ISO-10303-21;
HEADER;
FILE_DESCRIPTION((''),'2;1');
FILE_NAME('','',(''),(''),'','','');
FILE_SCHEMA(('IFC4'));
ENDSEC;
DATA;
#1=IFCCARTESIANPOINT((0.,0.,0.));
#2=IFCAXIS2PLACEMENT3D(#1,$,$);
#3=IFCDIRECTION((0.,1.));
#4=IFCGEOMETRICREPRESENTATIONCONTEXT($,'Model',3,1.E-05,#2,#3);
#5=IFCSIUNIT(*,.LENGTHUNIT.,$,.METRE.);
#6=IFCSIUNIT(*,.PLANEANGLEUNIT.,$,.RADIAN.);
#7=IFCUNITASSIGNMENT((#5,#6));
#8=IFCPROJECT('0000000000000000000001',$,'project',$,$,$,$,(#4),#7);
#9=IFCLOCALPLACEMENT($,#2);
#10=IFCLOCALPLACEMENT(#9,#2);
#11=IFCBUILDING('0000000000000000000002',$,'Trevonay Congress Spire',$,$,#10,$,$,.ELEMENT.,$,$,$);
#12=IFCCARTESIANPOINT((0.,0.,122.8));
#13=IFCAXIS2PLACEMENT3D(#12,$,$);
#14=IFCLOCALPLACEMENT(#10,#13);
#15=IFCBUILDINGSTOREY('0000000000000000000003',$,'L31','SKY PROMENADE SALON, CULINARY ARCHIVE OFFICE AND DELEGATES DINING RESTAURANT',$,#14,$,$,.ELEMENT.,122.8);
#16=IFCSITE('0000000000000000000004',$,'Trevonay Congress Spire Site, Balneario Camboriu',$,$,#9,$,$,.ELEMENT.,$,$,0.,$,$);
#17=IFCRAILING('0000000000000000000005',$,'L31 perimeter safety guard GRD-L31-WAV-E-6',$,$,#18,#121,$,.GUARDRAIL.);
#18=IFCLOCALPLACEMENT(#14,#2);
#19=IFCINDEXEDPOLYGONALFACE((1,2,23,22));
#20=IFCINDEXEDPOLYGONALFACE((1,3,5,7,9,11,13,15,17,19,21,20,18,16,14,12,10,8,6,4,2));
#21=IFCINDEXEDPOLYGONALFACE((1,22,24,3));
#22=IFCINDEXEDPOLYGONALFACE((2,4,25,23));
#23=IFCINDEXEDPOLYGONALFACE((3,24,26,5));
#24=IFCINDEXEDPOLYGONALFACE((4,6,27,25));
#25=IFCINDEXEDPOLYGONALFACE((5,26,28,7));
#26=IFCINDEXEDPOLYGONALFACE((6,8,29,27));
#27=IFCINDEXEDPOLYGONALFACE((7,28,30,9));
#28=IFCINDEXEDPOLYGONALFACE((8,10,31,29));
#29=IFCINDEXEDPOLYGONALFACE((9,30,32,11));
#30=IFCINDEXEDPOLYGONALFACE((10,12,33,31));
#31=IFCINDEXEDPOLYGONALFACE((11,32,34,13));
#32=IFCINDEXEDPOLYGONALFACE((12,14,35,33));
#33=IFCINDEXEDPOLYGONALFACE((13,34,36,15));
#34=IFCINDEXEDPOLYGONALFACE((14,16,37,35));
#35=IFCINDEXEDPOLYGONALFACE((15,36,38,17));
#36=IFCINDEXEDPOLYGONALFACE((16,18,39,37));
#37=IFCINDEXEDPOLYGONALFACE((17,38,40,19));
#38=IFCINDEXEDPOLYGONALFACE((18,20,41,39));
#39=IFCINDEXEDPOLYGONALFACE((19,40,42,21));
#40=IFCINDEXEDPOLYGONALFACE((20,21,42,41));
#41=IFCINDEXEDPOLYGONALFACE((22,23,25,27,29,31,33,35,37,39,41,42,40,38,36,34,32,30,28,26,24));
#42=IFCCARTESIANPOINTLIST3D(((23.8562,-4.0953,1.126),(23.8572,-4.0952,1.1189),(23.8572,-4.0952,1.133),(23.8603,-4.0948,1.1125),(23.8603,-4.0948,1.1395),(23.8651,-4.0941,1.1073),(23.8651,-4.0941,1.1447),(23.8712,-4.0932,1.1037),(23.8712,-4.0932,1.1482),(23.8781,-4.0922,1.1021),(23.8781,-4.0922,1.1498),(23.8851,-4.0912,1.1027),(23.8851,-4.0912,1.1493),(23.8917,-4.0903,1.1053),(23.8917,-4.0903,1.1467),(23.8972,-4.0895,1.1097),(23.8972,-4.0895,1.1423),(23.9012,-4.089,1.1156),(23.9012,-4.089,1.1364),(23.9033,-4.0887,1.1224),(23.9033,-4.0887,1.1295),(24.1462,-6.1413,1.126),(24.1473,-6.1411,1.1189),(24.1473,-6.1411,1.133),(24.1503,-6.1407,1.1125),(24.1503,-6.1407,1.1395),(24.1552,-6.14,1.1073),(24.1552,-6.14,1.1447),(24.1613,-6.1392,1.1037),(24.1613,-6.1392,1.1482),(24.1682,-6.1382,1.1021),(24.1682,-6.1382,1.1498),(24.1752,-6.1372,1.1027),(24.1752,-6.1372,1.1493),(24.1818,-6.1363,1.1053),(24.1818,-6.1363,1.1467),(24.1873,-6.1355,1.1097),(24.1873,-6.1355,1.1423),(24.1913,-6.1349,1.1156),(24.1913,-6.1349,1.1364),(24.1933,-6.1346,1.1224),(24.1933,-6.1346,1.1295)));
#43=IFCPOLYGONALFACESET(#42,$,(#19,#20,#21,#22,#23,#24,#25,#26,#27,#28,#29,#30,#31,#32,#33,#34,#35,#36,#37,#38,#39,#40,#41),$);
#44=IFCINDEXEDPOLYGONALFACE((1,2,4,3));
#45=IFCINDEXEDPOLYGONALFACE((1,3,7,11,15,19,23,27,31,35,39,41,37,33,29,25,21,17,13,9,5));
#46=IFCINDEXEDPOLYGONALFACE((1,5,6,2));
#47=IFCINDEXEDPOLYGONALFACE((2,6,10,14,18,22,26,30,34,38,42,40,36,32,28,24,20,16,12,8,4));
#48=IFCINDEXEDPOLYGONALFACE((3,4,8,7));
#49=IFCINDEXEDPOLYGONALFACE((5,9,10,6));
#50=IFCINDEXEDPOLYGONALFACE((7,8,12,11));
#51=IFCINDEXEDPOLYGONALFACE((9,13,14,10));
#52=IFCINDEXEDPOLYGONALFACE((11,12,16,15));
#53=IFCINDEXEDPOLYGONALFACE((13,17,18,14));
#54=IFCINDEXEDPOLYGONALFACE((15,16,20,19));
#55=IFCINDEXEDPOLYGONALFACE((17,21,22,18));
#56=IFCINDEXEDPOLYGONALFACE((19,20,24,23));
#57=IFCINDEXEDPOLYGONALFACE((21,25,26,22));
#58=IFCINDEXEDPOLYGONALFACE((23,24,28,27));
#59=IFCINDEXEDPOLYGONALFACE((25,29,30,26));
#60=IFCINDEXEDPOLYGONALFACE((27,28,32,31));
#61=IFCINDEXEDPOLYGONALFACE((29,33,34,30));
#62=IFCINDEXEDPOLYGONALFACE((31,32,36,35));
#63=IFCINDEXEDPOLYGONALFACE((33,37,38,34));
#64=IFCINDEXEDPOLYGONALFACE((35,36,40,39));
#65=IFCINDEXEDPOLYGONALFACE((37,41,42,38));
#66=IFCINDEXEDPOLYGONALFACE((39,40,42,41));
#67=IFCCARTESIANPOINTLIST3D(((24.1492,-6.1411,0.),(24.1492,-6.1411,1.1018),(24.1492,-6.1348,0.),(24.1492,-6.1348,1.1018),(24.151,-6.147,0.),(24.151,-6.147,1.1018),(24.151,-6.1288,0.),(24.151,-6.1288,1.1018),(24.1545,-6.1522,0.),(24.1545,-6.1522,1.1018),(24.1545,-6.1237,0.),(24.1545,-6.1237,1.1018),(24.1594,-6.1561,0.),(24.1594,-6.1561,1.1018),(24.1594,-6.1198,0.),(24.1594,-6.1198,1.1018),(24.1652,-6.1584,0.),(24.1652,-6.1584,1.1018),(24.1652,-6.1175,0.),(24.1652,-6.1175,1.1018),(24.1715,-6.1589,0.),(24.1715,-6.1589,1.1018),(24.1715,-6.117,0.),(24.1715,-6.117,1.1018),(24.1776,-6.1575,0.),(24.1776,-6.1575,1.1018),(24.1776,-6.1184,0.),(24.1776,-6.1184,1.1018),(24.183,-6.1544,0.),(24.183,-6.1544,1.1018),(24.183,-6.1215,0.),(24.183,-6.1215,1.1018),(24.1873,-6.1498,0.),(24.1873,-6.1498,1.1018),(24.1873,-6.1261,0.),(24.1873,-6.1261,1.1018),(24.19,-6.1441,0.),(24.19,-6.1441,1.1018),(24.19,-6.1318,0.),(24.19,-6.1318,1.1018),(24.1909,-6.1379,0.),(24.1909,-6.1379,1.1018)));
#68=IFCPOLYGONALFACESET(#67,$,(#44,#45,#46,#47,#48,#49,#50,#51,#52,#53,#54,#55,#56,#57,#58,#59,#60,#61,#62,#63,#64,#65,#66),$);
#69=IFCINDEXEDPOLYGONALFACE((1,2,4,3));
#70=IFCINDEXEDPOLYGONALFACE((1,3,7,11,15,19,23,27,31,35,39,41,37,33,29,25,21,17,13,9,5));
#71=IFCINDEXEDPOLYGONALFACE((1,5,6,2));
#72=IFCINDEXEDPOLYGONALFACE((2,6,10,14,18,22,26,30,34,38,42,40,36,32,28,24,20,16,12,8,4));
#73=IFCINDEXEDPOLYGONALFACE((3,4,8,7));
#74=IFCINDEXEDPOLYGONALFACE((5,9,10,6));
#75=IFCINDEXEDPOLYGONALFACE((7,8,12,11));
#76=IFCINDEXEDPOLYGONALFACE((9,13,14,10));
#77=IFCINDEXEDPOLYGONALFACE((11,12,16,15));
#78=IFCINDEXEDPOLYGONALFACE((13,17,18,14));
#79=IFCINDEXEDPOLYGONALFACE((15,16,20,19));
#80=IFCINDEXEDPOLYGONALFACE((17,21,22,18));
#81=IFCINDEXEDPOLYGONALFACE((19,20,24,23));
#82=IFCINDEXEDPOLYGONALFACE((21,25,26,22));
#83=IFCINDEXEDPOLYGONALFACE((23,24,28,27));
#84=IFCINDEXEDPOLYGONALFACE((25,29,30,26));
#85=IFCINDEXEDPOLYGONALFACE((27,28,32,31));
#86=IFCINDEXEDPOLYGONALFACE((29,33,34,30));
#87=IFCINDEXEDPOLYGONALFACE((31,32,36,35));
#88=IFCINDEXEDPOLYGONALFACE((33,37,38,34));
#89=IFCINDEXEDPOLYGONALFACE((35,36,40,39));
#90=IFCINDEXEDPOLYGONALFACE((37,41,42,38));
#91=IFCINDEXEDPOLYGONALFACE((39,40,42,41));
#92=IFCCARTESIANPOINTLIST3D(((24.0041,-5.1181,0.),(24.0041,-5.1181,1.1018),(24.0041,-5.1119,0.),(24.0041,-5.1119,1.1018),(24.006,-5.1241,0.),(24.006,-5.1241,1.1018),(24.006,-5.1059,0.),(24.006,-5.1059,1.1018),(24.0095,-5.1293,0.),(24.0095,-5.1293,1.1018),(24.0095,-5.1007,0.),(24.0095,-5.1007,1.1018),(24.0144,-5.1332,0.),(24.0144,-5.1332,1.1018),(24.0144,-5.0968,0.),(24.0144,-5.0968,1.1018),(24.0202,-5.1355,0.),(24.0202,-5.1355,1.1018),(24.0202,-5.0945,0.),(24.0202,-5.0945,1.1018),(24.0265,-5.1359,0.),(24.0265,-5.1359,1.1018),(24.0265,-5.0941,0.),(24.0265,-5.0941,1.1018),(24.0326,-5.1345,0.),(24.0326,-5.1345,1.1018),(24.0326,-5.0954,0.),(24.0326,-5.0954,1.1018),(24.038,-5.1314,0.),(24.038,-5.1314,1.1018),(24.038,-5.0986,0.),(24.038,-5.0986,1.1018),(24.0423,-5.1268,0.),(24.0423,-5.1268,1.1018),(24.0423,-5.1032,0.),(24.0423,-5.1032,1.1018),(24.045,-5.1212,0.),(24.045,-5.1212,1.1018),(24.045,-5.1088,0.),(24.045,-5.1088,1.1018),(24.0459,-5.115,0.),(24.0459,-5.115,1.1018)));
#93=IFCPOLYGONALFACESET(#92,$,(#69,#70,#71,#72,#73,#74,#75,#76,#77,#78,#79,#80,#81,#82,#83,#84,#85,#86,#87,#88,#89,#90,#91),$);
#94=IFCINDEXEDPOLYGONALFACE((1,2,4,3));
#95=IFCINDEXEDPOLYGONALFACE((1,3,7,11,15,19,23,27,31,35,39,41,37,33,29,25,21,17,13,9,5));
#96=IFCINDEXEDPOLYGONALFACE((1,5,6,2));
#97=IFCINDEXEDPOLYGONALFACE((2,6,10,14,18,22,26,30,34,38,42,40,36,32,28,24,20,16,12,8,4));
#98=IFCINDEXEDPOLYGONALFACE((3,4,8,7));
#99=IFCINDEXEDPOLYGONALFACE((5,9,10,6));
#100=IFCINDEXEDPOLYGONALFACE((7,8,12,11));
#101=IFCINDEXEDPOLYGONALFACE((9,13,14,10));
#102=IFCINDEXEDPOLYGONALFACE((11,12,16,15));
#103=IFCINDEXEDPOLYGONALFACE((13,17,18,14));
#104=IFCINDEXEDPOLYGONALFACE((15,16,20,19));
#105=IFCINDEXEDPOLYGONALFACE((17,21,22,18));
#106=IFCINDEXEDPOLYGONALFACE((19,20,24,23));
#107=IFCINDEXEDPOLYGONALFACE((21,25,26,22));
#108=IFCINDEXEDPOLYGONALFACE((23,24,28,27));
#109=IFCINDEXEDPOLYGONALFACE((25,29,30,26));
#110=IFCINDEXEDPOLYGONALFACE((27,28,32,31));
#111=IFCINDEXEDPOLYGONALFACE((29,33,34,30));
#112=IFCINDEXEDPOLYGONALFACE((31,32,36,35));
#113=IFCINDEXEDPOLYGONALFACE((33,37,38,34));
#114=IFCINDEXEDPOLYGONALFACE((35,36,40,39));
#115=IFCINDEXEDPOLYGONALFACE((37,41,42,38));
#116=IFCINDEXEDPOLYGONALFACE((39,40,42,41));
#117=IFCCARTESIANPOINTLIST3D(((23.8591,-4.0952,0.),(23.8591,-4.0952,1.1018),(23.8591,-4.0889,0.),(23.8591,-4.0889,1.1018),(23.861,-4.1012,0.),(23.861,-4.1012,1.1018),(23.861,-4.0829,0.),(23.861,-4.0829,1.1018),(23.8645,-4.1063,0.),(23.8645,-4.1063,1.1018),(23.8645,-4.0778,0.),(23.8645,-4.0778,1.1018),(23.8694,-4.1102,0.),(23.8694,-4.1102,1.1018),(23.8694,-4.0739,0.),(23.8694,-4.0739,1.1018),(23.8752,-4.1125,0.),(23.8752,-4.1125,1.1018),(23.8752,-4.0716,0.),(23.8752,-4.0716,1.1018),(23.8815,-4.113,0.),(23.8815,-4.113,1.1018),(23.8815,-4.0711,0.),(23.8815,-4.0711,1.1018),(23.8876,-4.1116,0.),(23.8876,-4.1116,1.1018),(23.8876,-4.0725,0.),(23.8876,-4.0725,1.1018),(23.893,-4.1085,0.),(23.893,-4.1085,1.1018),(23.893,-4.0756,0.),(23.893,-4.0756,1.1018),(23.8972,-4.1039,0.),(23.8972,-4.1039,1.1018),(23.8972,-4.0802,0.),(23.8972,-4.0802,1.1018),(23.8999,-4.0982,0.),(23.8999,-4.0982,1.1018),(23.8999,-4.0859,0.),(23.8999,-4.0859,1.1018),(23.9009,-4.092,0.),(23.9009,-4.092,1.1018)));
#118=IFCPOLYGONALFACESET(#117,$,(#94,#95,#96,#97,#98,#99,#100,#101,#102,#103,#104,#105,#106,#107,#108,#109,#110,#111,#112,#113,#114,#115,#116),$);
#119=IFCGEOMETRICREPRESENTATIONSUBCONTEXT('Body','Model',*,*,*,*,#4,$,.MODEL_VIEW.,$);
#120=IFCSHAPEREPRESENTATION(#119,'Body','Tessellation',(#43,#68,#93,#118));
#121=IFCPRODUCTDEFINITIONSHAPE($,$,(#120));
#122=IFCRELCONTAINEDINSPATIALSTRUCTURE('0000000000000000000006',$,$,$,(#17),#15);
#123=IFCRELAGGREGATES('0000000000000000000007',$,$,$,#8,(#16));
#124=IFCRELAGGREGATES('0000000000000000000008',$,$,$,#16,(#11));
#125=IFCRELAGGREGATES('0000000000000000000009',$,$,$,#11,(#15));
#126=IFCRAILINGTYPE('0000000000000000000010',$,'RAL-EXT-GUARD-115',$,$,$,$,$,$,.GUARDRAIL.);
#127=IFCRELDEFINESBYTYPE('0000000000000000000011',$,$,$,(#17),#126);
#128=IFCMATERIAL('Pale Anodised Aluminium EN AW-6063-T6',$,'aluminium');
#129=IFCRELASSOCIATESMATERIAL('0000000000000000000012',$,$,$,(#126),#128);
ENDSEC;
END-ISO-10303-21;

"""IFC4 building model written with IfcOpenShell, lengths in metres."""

from ifc_helpers import new_model, si_unit, direction, frame, origin, origin_2d, place, context, subcontext, project, spatial, circle, extrude, material, type_object, element, save


model = new_model("IFC4")

# Units and contexts
model_context = context("Model", 3, precision=1e-05, world=origin(), true_north=direction((0.0, 1.0)))
body_context = subcontext(model_context, "Body", "Model", "MODEL_VIEW")
ifc_project = project(units=[si_unit("LENGTHUNIT", "METRE"), si_unit("PLANEANGLEUNIT", "RADIAN")], contexts=[model_context])

# Site, building, storey
site_placement = place(None, origin())
site = spatial("IfcSite", under=ifc_project, at=site_placement, Name="Trevonay Congress Spire Site, Balneario Camboriu", CompositionType="ELEMENT", RefElevation=0.0)
building_placement = place(site_placement, origin())
building = spatial("IfcBuilding", under=site, at=building_placement, Name="Trevonay Congress Spire", CompositionType="ELEMENT")
storey_placement = place(building_placement, frame((0.0, 0.0, 122.8)))
storey = spatial("IfcBuildingStorey", under=building, at=storey_placement, Name="L31", Description="SKY PROMENADE SALON, CULINARY ARCHIVE OFFICE AND DELEGATES DINING RESTAURANT", CompositionType="ELEMENT", Elevation=122.8)

# Shared definitions
ifc_material_1 = material(Name="Pale Anodised Aluminium EN AW-6063-T6", Category="aluminium")

# Railing
railing_type = type_object("IfcRailingType", Name="RAL-EXT-GUARD-115", PredefinedType="GUARDRAIL", material=ifc_material_1)
railing_1_placement = place(storey_placement, frame((24.1699, -6.1379, 0.0)))
element("IfcRailing", 1, at=railing_1_placement, inside=storey, type_object=railing_type, Name="L31 perimeter safety guard GRD-L31-WAV-E-6", PredefinedType="GUARDRAIL", context=body_context, shape_type="SweptSolid", body=[
    extrude(circle(Radius=0.0239, at=origin_2d()), frame((0.0, 0.0, 1.126), z_axis=(-0.140363, 0.9901, 0.0), x_axis=(-0.9901, -0.140363, 0.0)), (0.0, 0.0, 1.0), 2.0664),
    extrude(circle(Radius=0.021, at=origin_2d()), origin(), (0.0, 0.0, 1.0), 1.1018),
    extrude(circle(Radius=0.021, at=origin_2d()), frame((-0.145, 1.0229, 0.0)), (0.0, 0.0, 1.0), 1.1018),
    extrude(circle(Radius=0.021, at=origin_2d()), frame((-0.29, 2.0459, 0.0)), (0.0, 0.0, 1.0), 1.1018),
])

save(model, "model.ifc")
